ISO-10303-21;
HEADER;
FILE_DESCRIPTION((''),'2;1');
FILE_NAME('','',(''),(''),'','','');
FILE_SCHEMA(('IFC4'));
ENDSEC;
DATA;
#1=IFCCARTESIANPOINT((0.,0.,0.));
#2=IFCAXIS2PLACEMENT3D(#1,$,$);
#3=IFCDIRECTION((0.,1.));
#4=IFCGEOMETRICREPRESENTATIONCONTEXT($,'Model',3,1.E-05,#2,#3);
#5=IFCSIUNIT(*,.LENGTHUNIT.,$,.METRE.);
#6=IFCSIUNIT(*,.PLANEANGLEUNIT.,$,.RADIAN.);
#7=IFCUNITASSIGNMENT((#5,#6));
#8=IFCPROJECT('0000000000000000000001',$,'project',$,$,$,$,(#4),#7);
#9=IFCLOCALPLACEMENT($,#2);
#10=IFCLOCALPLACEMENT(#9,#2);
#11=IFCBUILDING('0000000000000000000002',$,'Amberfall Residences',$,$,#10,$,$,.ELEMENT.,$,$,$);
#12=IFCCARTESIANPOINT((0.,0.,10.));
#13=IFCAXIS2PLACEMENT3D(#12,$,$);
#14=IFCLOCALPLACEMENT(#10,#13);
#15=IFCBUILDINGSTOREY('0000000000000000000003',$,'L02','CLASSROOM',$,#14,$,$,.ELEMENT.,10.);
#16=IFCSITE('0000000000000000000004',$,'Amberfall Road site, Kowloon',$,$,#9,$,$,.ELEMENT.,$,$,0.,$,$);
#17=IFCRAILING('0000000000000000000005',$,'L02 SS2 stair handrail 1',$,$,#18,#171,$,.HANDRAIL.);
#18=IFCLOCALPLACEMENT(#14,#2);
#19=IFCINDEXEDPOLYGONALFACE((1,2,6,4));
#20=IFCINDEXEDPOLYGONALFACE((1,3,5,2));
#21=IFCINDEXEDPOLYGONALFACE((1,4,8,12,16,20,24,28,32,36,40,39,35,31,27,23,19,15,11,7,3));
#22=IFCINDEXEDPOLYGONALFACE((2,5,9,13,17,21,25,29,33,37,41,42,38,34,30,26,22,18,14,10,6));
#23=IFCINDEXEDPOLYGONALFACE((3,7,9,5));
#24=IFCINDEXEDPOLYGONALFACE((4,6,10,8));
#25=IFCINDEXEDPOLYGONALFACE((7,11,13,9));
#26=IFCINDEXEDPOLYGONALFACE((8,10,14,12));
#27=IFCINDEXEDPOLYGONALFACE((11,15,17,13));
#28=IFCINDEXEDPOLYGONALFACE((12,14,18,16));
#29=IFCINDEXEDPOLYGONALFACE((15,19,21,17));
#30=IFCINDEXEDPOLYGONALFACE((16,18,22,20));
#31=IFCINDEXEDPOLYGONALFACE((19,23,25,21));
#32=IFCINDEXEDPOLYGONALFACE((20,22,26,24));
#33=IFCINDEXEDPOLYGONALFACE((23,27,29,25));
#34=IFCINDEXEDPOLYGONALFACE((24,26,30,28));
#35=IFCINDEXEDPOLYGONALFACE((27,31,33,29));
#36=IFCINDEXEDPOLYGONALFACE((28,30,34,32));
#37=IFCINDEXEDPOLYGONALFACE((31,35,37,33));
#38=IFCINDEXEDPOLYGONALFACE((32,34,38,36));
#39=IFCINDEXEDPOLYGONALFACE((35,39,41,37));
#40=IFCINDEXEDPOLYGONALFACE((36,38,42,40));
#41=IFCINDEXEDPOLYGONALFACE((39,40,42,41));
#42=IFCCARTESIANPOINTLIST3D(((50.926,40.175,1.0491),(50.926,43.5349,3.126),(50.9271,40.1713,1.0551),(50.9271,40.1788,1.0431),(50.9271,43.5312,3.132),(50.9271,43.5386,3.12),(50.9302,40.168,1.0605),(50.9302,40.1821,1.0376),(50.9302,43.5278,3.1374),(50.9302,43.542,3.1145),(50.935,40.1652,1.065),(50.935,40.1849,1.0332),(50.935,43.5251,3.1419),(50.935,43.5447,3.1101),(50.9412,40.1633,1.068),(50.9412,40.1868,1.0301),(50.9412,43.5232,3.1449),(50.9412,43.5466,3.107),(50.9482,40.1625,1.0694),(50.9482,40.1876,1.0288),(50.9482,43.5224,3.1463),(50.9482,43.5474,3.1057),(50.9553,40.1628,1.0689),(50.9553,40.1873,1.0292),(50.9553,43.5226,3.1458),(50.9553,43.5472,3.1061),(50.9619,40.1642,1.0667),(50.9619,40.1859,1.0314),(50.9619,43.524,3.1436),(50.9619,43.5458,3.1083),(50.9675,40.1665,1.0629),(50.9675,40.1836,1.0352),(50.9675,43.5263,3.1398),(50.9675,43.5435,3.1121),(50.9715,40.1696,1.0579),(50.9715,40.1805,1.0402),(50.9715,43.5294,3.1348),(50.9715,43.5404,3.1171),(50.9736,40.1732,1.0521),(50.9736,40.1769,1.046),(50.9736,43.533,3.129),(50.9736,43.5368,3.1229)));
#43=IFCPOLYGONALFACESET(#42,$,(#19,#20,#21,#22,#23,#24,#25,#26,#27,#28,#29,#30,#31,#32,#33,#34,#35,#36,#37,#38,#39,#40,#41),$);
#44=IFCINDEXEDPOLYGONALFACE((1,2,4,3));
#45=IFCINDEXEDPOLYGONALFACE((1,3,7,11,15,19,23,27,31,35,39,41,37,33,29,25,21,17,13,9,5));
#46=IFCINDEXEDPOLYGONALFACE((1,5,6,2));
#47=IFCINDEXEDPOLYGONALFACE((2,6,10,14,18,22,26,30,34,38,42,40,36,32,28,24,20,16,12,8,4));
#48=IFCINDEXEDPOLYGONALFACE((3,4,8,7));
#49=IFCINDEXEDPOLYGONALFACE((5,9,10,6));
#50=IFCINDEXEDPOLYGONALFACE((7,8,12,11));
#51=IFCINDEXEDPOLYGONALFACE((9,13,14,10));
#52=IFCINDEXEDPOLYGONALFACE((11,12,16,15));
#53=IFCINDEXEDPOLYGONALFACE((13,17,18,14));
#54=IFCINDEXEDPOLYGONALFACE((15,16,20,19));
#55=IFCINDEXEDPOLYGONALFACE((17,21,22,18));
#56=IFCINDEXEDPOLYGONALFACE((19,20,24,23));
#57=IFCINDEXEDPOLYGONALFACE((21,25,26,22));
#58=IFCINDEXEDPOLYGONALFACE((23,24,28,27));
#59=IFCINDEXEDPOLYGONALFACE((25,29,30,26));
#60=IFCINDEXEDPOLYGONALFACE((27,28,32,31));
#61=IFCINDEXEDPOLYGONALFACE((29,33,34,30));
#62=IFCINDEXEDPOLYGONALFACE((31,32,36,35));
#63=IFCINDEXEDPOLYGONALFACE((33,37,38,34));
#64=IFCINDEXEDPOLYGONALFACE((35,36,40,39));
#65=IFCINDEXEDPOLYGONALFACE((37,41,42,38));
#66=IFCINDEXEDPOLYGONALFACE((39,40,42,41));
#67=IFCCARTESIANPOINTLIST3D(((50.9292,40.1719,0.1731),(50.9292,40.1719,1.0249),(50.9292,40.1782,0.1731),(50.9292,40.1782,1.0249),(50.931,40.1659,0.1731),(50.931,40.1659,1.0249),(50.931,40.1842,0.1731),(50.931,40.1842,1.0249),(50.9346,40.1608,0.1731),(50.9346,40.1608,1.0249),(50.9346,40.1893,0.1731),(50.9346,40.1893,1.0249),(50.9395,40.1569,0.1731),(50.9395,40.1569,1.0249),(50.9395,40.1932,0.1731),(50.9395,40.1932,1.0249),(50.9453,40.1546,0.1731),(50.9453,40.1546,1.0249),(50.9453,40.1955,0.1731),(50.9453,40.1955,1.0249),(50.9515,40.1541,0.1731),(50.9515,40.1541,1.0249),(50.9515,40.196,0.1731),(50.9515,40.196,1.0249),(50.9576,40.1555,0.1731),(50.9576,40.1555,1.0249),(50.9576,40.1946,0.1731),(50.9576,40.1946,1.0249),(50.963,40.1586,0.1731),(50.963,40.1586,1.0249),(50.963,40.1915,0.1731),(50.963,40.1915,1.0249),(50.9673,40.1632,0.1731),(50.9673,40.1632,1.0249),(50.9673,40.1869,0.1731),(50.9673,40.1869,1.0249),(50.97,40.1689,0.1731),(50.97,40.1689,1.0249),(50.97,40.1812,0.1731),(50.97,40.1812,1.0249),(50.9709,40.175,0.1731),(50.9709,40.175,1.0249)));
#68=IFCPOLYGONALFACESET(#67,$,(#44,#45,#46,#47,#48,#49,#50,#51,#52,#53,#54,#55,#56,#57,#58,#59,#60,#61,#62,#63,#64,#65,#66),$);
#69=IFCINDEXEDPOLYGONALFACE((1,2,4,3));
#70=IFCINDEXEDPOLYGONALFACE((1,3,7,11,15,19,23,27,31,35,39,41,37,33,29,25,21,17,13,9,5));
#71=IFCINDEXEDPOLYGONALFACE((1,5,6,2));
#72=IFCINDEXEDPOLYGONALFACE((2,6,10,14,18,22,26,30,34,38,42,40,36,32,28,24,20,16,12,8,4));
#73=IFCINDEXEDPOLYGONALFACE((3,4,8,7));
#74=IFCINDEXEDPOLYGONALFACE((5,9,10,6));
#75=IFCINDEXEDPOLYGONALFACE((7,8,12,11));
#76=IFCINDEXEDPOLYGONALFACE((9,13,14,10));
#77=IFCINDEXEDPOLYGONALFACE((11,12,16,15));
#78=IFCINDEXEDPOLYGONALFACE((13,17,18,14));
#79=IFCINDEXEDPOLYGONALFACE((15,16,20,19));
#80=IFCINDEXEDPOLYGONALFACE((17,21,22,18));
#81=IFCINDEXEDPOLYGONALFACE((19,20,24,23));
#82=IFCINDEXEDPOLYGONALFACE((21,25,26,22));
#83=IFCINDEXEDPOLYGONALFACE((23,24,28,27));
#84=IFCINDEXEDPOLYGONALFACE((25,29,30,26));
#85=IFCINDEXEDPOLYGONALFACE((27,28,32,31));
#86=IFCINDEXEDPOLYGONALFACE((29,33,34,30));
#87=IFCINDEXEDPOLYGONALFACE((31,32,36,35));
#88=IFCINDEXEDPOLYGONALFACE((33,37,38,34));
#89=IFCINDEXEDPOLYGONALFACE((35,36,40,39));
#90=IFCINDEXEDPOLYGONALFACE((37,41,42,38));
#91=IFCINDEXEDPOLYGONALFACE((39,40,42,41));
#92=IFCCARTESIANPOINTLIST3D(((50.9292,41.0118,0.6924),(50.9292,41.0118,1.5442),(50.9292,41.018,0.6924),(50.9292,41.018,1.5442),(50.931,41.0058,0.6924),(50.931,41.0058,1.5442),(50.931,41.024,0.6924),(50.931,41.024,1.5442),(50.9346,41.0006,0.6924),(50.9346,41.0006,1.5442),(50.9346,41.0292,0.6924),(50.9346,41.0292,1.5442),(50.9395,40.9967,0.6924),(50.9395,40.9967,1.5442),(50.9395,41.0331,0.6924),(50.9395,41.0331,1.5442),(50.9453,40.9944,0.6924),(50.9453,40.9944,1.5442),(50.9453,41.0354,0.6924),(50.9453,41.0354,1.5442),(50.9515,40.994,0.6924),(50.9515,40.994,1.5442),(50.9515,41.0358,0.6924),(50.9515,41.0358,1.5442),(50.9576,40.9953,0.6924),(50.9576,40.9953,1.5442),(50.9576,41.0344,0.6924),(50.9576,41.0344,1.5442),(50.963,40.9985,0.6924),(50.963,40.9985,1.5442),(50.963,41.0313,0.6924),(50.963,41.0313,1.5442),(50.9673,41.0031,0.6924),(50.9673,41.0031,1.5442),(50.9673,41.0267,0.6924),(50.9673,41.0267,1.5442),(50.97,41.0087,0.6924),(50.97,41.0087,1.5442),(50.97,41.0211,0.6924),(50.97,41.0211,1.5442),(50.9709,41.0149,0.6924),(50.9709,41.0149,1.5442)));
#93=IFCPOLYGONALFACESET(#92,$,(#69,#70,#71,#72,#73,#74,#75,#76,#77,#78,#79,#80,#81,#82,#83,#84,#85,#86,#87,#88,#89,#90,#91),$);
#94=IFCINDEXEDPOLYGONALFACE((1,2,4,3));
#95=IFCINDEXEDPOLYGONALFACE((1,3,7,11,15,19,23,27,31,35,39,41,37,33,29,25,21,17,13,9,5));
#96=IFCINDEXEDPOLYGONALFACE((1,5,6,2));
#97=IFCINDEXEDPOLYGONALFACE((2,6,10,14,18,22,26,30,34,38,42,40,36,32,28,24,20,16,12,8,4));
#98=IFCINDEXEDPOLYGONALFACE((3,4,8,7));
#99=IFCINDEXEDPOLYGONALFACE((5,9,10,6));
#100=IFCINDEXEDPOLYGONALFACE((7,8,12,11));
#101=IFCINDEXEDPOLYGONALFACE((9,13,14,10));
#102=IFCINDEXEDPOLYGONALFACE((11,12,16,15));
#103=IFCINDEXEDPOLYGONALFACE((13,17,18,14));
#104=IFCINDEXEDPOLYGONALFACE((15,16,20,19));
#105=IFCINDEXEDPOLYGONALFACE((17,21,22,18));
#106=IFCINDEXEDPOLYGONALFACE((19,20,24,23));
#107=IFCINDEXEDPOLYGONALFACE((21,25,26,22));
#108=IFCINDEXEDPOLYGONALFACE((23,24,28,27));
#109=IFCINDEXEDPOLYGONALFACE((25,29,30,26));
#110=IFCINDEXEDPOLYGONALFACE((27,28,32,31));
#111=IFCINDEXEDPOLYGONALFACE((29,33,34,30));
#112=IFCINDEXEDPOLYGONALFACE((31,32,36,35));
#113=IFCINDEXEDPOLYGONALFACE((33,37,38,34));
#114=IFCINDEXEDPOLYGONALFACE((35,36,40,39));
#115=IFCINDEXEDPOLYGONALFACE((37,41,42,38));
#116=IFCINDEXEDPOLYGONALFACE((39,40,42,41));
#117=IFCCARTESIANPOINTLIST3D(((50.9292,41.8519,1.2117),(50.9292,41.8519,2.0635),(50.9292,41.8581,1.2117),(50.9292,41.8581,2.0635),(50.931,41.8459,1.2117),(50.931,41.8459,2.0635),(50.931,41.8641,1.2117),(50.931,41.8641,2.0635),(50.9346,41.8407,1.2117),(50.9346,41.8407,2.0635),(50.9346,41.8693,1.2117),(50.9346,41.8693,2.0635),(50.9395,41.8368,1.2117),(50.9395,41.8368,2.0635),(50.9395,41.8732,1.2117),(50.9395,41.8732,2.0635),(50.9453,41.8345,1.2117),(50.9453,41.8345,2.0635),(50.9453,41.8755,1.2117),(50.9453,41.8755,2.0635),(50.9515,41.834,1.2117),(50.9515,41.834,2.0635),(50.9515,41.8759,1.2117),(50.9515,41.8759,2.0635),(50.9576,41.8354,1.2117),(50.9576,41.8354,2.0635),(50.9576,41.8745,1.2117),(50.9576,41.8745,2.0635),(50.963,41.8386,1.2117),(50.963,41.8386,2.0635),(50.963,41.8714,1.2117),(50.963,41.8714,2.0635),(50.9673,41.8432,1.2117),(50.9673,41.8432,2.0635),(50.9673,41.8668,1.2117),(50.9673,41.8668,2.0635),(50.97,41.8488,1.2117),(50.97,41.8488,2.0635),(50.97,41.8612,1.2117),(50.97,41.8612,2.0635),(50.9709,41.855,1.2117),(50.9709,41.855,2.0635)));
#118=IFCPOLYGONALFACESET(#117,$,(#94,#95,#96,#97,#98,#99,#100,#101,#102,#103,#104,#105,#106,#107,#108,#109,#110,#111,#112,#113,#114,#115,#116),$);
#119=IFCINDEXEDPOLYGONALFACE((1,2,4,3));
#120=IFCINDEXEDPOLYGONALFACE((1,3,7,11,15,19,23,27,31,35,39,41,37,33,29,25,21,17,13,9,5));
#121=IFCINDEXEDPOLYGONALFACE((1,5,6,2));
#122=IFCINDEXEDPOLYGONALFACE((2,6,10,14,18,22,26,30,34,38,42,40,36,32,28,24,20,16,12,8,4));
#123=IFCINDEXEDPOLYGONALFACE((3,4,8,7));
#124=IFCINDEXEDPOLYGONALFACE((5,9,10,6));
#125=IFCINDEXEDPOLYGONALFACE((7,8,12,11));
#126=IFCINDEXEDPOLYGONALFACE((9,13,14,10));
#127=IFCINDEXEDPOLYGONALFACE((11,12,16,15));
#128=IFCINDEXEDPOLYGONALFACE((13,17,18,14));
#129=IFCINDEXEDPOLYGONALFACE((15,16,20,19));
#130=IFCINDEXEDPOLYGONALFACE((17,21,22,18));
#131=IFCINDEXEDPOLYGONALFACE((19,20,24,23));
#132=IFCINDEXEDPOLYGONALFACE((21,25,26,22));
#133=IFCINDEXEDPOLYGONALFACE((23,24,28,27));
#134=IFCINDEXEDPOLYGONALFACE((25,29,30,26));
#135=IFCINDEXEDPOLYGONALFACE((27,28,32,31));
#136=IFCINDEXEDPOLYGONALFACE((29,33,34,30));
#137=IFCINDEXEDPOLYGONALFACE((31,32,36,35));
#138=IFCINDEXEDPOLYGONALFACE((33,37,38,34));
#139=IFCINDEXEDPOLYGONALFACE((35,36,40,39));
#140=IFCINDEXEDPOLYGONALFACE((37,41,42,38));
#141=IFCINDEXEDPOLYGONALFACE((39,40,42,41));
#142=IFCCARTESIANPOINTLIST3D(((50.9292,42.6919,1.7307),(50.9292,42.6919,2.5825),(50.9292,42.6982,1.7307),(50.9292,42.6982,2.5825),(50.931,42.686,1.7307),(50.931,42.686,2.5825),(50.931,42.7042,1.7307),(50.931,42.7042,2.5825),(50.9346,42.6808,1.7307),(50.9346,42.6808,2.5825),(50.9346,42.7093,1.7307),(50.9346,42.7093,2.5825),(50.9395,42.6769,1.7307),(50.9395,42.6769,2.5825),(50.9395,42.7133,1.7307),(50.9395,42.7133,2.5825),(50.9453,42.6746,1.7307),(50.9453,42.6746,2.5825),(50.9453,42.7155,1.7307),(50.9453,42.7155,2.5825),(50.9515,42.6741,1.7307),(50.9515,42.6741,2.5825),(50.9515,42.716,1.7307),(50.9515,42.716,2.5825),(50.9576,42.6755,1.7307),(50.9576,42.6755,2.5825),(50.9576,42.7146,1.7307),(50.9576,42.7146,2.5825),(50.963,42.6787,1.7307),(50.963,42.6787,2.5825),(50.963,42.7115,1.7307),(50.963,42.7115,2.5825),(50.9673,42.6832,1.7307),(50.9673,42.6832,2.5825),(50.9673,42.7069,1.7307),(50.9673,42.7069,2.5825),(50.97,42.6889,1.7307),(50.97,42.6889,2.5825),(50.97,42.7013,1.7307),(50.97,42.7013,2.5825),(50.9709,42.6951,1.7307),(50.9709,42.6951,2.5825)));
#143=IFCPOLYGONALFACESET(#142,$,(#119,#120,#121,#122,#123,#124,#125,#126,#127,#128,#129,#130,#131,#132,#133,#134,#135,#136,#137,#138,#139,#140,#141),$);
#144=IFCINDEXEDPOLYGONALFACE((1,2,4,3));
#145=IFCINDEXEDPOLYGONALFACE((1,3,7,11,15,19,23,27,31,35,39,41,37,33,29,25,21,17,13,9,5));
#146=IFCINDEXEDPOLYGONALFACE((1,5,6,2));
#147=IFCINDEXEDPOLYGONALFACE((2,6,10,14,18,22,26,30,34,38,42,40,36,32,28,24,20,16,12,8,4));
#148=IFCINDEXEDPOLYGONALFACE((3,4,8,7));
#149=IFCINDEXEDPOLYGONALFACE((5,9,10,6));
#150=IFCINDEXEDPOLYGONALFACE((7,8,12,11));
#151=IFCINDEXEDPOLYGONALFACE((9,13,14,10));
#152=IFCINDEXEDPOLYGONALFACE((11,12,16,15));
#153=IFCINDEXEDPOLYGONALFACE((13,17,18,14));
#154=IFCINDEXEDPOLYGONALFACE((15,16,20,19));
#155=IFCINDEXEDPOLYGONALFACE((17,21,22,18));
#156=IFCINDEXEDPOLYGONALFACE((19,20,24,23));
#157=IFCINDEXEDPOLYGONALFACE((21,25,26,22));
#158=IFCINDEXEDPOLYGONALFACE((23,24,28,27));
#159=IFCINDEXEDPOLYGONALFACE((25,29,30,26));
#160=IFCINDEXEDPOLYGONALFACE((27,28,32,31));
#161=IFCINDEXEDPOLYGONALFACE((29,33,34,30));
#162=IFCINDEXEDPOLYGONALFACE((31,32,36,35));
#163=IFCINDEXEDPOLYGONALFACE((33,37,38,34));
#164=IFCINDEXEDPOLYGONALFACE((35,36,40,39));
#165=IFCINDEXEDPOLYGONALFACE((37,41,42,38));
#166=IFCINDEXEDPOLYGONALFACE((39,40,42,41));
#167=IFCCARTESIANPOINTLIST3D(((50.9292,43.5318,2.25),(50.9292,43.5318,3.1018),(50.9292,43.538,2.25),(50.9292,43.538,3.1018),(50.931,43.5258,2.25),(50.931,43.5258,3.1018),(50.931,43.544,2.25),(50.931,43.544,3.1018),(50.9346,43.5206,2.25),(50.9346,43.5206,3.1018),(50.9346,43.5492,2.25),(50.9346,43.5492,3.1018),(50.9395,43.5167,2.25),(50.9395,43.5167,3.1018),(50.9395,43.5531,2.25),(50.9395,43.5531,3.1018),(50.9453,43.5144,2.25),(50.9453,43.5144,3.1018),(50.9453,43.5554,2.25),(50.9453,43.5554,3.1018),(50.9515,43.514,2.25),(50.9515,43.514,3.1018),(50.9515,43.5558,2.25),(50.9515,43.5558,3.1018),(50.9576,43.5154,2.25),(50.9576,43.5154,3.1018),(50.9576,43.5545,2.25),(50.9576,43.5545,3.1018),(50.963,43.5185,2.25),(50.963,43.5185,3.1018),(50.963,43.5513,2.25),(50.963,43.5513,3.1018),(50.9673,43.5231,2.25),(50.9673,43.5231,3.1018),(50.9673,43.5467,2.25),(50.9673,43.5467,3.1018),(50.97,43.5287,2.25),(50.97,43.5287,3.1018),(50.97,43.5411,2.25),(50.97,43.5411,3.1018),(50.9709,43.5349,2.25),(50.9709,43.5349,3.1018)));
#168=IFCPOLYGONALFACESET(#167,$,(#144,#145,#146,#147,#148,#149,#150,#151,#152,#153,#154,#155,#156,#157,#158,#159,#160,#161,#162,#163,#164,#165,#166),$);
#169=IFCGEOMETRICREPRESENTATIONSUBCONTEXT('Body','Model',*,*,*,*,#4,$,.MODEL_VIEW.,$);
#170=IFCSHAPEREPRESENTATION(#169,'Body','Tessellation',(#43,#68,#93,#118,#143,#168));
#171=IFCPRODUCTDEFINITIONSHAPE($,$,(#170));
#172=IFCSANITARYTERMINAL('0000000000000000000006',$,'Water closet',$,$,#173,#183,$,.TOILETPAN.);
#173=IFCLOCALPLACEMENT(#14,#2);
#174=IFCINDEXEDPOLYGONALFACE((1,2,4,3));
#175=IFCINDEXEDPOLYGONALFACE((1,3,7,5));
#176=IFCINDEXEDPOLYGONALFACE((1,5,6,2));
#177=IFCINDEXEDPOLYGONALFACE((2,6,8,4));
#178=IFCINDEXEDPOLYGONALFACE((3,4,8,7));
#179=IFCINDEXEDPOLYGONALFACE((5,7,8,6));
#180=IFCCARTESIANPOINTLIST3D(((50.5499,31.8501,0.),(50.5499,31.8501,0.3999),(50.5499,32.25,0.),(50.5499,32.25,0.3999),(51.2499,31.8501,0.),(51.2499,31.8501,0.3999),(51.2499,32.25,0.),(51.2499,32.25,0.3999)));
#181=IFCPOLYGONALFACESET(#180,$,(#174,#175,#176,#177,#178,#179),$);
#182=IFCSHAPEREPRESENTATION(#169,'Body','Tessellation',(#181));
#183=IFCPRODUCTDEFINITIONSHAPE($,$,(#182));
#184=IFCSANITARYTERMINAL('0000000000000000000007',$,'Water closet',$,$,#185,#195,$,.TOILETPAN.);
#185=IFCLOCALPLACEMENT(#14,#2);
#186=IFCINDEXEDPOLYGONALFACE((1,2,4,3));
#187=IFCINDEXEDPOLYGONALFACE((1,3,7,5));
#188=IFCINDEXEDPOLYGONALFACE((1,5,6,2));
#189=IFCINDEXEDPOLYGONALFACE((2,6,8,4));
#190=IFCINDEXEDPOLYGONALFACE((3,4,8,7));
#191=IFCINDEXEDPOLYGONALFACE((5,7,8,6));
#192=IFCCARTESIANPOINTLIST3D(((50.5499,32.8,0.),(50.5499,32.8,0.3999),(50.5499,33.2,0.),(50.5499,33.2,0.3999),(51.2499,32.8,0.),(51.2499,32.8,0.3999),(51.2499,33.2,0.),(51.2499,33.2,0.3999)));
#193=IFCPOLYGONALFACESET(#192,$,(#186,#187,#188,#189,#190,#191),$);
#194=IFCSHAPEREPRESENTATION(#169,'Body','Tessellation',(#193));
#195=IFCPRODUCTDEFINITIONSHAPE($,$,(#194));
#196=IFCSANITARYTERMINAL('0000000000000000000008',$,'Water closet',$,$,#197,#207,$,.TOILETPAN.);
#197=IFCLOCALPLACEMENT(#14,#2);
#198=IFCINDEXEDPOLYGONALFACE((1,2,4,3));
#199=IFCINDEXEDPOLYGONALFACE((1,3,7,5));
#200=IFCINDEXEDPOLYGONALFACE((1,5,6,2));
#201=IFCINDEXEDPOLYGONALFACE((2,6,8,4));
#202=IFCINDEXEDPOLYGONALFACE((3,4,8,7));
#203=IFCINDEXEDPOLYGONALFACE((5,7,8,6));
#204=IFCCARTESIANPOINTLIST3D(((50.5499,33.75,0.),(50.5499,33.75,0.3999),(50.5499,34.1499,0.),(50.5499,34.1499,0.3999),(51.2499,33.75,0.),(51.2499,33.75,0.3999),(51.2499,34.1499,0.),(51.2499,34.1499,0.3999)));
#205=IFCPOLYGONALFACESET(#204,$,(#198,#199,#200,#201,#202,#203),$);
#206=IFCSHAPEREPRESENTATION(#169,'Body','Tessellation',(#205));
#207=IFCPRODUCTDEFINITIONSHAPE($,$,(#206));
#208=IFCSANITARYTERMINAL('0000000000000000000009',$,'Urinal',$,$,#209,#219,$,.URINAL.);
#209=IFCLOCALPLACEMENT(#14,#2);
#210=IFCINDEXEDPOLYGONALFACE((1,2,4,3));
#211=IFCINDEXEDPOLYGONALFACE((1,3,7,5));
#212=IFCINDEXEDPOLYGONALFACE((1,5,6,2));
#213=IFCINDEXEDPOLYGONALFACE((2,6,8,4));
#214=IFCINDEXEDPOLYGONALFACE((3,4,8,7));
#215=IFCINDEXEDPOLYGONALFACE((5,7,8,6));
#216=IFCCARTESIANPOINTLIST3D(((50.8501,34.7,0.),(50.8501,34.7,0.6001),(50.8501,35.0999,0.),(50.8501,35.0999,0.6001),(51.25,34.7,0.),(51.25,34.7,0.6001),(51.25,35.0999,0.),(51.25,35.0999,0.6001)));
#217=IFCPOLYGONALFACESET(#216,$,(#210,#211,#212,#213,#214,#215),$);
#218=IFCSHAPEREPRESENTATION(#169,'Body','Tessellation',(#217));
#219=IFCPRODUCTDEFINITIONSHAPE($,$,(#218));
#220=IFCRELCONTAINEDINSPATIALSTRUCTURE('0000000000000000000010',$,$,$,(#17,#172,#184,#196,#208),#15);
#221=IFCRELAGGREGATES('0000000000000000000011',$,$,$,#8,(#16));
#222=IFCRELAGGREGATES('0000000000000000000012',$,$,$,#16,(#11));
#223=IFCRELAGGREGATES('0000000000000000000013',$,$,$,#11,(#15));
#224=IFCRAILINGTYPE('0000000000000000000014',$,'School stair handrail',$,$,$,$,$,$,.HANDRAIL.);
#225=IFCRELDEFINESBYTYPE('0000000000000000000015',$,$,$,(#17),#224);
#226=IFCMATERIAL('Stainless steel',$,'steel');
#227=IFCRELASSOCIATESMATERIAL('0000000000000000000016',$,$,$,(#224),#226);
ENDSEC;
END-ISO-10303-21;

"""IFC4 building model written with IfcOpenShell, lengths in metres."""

from ifc_helpers import new_model, si_unit, direction, frame, origin, origin_2d, place, context, subcontext, project, spatial, rectangle, circle, extrude, material, type_object, element, save


model = new_model("IFC4")

# Units and contexts
model_context = context("Model", 3, precision=1e-05, world=origin(), true_north=direction((0.0, 1.0)))
body_context = subcontext(model_context, "Body", "Model", "MODEL_VIEW")
ifc_project = project(units=[si_unit("LENGTHUNIT", "METRE"), si_unit("PLANEANGLEUNIT", "RADIAN")], contexts=[model_context])

# Site, building, storey
site_placement = place(None, origin())
site = spatial("IfcSite", under=ifc_project, at=site_placement, Name="Amberfall Road site, Kowloon", CompositionType="ELEMENT", RefElevation=0.0)
building_placement = place(site_placement, origin())
building = spatial("IfcBuilding", under=site, at=building_placement, Name="Amberfall Residences", CompositionType="ELEMENT")
storey_placement = place(building_placement, frame((0.0, 0.0, 10.0)))
storey = spatial("IfcBuildingStorey", under=building, at=storey_placement, Name="L02", Description="CLASSROOM", CompositionType="ELEMENT", Elevation=10.0)

# Railing
ifc_material_1 = material(Name="Stainless steel", Category="steel")
railing_type_1 = type_object("IfcRailingType", Name="School stair handrail", PredefinedType="HANDRAIL", material=ifc_material_1)
railing_1_placement = place(storey_placement, frame((50.95, 40.175, 0.1731)))
element("IfcRailing", 1, at=railing_1_placement, inside=storey, type_object=railing_type_1, Name="L02 SS2 stair handrail 1", PredefinedType="HANDRAIL", context=body_context, shape_type="SweptSolid", body=[
    extrude(circle(Radius=0.0239, at=origin_2d()), frame((0.0, 0.0, 0.876), z_axis=(0.0, 0.850606, 0.525803), x_axis=(-1.0, 0.0, 0.0)), (0.0, 0.0, 1.0), 3.95),
    extrude(circle(Radius=0.021, at=origin_2d()), origin(), (0.0, 0.0, 1.0), 0.8518),
    extrude(circle(Radius=0.021, at=origin_2d()), frame((0.0, 0.8398, 0.5193)), (0.0, 0.0, 1.0), 0.8518),
    extrude(circle(Radius=0.021, at=origin_2d()), frame((0.0, 1.6799, 1.0386)), (0.0, 0.0, 1.0), 0.8518),
    extrude(circle(Radius=0.021, at=origin_2d()), frame((0.0, 2.52, 1.5576)), (0.0, 0.0, 1.0), 0.8518),
    extrude(circle(Radius=0.021, at=origin_2d()), frame((0.0, 3.3599, 2.0769)), (0.0, 0.0, 1.0), 0.8518),
])

# Sanitary terminals
for number, where, z_axis, x_axis, name in (
    (2, (50.8999, 32.05, 0.0), (0.0, 0.0, 1.0), (1.0, 0.0, 0.0), "Water closet"),
    (3, (50.8999, 33.0, 0.0), (0.0, 0.0, 1.0), (1.0, 0.0, 0.0), "Water closet"),
    (4, (50.8999, 33.95, 0.0), (0.0, 0.0, 1.0), (1.0, 0.0, 0.0), "Water closet"),
):
    element("IfcSanitaryTerminal", number, at=place(storey_placement, frame(where, z_axis=z_axis, x_axis=x_axis)), inside=storey, Name=name, PredefinedType="TOILETPAN", context=body_context, shape_type="SweptSolid", body=[
        extrude(rectangle(XDim=0.7, YDim=0.3999, at=origin_2d()), origin(), (0.0, 0.0, 1.0), 0.3999),
    ])
for number, where, z_axis, x_axis, name in (
    (5, (51.05, 34.8999, 0.0), (0.0, 0.0, 1.0), (1.0, 0.0, 0.0), "Urinal"),
):
    element("IfcSanitaryTerminal", number, at=place(storey_placement, frame(where, z_axis=z_axis, x_axis=x_axis)), inside=storey, Name=name, PredefinedType="URINAL", context=body_context, shape_type="SweptSolid", body=[
        extrude(rectangle(XDim=0.3999, YDim=0.3999, at=origin_2d()), origin(), (0.0, 0.0, 1.0), 0.6001),
    ])

save(model, "model.ifc")
